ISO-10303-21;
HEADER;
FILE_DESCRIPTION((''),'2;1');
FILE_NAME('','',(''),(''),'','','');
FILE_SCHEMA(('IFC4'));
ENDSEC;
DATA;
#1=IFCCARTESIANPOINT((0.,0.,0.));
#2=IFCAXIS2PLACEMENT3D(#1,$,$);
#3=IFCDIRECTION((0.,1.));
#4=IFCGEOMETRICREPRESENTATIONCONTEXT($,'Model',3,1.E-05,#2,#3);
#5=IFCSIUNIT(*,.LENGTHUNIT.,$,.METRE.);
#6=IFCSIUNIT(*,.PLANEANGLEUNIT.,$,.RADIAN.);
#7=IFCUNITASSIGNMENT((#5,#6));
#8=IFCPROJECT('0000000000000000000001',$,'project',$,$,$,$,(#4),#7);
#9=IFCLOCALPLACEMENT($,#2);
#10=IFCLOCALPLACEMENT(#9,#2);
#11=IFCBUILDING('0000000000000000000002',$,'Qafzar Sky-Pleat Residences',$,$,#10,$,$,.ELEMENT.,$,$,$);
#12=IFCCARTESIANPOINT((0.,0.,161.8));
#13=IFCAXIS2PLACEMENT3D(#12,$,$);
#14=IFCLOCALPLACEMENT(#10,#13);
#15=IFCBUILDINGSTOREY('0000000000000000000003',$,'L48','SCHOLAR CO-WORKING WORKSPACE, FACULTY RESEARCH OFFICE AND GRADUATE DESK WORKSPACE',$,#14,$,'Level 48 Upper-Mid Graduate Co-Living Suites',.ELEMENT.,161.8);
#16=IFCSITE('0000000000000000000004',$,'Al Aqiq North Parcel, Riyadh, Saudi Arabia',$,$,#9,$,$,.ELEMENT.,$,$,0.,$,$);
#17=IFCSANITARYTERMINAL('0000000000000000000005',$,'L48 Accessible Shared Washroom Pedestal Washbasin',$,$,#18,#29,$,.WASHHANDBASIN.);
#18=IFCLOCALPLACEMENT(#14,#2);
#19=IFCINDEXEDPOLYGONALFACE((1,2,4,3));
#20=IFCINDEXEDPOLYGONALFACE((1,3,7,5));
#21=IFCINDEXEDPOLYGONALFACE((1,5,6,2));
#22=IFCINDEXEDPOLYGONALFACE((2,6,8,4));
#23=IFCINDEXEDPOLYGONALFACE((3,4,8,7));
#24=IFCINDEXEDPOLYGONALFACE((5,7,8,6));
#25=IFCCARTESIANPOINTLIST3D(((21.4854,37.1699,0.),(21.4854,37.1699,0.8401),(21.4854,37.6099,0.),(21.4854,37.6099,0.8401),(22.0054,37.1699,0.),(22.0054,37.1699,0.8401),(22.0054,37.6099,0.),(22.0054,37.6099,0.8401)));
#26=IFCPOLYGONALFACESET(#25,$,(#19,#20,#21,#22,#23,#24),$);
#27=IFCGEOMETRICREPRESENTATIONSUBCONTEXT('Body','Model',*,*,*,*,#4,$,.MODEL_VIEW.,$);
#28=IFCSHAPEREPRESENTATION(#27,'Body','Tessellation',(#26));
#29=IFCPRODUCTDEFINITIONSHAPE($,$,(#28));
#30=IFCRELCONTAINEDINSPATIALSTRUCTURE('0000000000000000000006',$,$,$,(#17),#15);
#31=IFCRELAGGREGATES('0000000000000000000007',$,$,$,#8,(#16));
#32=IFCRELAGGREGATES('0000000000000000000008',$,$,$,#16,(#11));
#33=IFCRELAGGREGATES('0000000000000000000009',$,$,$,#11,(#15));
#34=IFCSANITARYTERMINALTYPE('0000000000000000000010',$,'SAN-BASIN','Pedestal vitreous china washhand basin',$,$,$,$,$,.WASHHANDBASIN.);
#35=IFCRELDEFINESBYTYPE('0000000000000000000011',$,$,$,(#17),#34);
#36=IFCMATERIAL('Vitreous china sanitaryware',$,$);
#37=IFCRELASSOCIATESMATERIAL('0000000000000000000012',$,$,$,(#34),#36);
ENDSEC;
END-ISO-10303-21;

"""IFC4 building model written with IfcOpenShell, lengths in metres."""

from ifc_helpers import new_model, si_unit, direction, frame, origin, origin_2d, place, context, subcontext, project, spatial, rectangle, extrude, source, transform, mapped, material, type_object, element, save


model = new_model("IFC4")

# Units and contexts
model_context = context("Model", 3, precision=1e-05, world=origin(), true_north=direction((0.0, 1.0)))
body_context = subcontext(model_context, "Body", "Model", "MODEL_VIEW")
ifc_project = project(units=[si_unit("LENGTHUNIT", "METRE"), si_unit("PLANEANGLEUNIT", "RADIAN")], contexts=[model_context])

# Site, building, storey
site_placement = place(None, origin())
site = spatial("IfcSite", under=ifc_project, at=site_placement, Name="Al Aqiq North Parcel, Riyadh, Saudi Arabia", CompositionType="ELEMENT", RefElevation=0.0)
building_placement = place(site_placement, origin())
building = spatial("IfcBuilding", under=site, at=building_placement, Name="Qafzar Sky-Pleat Residences", CompositionType="ELEMENT")
storey_placement = place(building_placement, frame((0.0, 0.0, 161.8)))
storey = spatial("IfcBuildingStorey", under=building, at=storey_placement, Name="L48", Description="SCHOLAR CO-WORKING WORKSPACE, FACULTY RESEARCH OFFICE AND GRADUATE DESK WORKSPACE", LongName="Level 48 Upper-Mid Graduate Co-Living Suites", CompositionType="ELEMENT", Elevation=161.8)

# Sanitary terminal
ifc_material_1 = material(Name="Vitreous china sanitaryware")
sanitary_terminal_type = type_object("IfcSanitaryTerminalType", Name="SAN-BASIN", Description="Pedestal vitreous china washhand basin", PredefinedType="WASHHANDBASIN", material=ifc_material_1)
shared_shape_1 = source(origin(), body_context, "Body", "SweptSolid", [
    extrude(rectangle(XDim=0.52, YDim=0.4399, at=origin_2d()), origin(), (0.0, 0.0, 1.0), 0.8401),
])
sanitary_terminal_placement = place(storey_placement, frame((21.7454, 37.3899, 0.0), z_axis=(0.0, 0.0, 1.0), x_axis=(1.0, 0.0, 0.0)))
element("IfcSanitaryTerminal", 1, at=sanitary_terminal_placement, inside=storey, type_object=sanitary_terminal_type, Name="L48 Accessible Shared Washroom Pedestal Washbasin", PredefinedType="WASHHANDBASIN", context=body_context, shape_type="MappedRepresentation", body=[
    mapped(shared_shape_1, transform((0.0, 0.0, 0.0), x_axis=(1.0, 0.0, 0.0), y_axis=(0.0, 1.0, 0.0), z_axis=(0.0, 0.0, 1.0), scale=1.0)),
])

save(model, "model.ifc")
